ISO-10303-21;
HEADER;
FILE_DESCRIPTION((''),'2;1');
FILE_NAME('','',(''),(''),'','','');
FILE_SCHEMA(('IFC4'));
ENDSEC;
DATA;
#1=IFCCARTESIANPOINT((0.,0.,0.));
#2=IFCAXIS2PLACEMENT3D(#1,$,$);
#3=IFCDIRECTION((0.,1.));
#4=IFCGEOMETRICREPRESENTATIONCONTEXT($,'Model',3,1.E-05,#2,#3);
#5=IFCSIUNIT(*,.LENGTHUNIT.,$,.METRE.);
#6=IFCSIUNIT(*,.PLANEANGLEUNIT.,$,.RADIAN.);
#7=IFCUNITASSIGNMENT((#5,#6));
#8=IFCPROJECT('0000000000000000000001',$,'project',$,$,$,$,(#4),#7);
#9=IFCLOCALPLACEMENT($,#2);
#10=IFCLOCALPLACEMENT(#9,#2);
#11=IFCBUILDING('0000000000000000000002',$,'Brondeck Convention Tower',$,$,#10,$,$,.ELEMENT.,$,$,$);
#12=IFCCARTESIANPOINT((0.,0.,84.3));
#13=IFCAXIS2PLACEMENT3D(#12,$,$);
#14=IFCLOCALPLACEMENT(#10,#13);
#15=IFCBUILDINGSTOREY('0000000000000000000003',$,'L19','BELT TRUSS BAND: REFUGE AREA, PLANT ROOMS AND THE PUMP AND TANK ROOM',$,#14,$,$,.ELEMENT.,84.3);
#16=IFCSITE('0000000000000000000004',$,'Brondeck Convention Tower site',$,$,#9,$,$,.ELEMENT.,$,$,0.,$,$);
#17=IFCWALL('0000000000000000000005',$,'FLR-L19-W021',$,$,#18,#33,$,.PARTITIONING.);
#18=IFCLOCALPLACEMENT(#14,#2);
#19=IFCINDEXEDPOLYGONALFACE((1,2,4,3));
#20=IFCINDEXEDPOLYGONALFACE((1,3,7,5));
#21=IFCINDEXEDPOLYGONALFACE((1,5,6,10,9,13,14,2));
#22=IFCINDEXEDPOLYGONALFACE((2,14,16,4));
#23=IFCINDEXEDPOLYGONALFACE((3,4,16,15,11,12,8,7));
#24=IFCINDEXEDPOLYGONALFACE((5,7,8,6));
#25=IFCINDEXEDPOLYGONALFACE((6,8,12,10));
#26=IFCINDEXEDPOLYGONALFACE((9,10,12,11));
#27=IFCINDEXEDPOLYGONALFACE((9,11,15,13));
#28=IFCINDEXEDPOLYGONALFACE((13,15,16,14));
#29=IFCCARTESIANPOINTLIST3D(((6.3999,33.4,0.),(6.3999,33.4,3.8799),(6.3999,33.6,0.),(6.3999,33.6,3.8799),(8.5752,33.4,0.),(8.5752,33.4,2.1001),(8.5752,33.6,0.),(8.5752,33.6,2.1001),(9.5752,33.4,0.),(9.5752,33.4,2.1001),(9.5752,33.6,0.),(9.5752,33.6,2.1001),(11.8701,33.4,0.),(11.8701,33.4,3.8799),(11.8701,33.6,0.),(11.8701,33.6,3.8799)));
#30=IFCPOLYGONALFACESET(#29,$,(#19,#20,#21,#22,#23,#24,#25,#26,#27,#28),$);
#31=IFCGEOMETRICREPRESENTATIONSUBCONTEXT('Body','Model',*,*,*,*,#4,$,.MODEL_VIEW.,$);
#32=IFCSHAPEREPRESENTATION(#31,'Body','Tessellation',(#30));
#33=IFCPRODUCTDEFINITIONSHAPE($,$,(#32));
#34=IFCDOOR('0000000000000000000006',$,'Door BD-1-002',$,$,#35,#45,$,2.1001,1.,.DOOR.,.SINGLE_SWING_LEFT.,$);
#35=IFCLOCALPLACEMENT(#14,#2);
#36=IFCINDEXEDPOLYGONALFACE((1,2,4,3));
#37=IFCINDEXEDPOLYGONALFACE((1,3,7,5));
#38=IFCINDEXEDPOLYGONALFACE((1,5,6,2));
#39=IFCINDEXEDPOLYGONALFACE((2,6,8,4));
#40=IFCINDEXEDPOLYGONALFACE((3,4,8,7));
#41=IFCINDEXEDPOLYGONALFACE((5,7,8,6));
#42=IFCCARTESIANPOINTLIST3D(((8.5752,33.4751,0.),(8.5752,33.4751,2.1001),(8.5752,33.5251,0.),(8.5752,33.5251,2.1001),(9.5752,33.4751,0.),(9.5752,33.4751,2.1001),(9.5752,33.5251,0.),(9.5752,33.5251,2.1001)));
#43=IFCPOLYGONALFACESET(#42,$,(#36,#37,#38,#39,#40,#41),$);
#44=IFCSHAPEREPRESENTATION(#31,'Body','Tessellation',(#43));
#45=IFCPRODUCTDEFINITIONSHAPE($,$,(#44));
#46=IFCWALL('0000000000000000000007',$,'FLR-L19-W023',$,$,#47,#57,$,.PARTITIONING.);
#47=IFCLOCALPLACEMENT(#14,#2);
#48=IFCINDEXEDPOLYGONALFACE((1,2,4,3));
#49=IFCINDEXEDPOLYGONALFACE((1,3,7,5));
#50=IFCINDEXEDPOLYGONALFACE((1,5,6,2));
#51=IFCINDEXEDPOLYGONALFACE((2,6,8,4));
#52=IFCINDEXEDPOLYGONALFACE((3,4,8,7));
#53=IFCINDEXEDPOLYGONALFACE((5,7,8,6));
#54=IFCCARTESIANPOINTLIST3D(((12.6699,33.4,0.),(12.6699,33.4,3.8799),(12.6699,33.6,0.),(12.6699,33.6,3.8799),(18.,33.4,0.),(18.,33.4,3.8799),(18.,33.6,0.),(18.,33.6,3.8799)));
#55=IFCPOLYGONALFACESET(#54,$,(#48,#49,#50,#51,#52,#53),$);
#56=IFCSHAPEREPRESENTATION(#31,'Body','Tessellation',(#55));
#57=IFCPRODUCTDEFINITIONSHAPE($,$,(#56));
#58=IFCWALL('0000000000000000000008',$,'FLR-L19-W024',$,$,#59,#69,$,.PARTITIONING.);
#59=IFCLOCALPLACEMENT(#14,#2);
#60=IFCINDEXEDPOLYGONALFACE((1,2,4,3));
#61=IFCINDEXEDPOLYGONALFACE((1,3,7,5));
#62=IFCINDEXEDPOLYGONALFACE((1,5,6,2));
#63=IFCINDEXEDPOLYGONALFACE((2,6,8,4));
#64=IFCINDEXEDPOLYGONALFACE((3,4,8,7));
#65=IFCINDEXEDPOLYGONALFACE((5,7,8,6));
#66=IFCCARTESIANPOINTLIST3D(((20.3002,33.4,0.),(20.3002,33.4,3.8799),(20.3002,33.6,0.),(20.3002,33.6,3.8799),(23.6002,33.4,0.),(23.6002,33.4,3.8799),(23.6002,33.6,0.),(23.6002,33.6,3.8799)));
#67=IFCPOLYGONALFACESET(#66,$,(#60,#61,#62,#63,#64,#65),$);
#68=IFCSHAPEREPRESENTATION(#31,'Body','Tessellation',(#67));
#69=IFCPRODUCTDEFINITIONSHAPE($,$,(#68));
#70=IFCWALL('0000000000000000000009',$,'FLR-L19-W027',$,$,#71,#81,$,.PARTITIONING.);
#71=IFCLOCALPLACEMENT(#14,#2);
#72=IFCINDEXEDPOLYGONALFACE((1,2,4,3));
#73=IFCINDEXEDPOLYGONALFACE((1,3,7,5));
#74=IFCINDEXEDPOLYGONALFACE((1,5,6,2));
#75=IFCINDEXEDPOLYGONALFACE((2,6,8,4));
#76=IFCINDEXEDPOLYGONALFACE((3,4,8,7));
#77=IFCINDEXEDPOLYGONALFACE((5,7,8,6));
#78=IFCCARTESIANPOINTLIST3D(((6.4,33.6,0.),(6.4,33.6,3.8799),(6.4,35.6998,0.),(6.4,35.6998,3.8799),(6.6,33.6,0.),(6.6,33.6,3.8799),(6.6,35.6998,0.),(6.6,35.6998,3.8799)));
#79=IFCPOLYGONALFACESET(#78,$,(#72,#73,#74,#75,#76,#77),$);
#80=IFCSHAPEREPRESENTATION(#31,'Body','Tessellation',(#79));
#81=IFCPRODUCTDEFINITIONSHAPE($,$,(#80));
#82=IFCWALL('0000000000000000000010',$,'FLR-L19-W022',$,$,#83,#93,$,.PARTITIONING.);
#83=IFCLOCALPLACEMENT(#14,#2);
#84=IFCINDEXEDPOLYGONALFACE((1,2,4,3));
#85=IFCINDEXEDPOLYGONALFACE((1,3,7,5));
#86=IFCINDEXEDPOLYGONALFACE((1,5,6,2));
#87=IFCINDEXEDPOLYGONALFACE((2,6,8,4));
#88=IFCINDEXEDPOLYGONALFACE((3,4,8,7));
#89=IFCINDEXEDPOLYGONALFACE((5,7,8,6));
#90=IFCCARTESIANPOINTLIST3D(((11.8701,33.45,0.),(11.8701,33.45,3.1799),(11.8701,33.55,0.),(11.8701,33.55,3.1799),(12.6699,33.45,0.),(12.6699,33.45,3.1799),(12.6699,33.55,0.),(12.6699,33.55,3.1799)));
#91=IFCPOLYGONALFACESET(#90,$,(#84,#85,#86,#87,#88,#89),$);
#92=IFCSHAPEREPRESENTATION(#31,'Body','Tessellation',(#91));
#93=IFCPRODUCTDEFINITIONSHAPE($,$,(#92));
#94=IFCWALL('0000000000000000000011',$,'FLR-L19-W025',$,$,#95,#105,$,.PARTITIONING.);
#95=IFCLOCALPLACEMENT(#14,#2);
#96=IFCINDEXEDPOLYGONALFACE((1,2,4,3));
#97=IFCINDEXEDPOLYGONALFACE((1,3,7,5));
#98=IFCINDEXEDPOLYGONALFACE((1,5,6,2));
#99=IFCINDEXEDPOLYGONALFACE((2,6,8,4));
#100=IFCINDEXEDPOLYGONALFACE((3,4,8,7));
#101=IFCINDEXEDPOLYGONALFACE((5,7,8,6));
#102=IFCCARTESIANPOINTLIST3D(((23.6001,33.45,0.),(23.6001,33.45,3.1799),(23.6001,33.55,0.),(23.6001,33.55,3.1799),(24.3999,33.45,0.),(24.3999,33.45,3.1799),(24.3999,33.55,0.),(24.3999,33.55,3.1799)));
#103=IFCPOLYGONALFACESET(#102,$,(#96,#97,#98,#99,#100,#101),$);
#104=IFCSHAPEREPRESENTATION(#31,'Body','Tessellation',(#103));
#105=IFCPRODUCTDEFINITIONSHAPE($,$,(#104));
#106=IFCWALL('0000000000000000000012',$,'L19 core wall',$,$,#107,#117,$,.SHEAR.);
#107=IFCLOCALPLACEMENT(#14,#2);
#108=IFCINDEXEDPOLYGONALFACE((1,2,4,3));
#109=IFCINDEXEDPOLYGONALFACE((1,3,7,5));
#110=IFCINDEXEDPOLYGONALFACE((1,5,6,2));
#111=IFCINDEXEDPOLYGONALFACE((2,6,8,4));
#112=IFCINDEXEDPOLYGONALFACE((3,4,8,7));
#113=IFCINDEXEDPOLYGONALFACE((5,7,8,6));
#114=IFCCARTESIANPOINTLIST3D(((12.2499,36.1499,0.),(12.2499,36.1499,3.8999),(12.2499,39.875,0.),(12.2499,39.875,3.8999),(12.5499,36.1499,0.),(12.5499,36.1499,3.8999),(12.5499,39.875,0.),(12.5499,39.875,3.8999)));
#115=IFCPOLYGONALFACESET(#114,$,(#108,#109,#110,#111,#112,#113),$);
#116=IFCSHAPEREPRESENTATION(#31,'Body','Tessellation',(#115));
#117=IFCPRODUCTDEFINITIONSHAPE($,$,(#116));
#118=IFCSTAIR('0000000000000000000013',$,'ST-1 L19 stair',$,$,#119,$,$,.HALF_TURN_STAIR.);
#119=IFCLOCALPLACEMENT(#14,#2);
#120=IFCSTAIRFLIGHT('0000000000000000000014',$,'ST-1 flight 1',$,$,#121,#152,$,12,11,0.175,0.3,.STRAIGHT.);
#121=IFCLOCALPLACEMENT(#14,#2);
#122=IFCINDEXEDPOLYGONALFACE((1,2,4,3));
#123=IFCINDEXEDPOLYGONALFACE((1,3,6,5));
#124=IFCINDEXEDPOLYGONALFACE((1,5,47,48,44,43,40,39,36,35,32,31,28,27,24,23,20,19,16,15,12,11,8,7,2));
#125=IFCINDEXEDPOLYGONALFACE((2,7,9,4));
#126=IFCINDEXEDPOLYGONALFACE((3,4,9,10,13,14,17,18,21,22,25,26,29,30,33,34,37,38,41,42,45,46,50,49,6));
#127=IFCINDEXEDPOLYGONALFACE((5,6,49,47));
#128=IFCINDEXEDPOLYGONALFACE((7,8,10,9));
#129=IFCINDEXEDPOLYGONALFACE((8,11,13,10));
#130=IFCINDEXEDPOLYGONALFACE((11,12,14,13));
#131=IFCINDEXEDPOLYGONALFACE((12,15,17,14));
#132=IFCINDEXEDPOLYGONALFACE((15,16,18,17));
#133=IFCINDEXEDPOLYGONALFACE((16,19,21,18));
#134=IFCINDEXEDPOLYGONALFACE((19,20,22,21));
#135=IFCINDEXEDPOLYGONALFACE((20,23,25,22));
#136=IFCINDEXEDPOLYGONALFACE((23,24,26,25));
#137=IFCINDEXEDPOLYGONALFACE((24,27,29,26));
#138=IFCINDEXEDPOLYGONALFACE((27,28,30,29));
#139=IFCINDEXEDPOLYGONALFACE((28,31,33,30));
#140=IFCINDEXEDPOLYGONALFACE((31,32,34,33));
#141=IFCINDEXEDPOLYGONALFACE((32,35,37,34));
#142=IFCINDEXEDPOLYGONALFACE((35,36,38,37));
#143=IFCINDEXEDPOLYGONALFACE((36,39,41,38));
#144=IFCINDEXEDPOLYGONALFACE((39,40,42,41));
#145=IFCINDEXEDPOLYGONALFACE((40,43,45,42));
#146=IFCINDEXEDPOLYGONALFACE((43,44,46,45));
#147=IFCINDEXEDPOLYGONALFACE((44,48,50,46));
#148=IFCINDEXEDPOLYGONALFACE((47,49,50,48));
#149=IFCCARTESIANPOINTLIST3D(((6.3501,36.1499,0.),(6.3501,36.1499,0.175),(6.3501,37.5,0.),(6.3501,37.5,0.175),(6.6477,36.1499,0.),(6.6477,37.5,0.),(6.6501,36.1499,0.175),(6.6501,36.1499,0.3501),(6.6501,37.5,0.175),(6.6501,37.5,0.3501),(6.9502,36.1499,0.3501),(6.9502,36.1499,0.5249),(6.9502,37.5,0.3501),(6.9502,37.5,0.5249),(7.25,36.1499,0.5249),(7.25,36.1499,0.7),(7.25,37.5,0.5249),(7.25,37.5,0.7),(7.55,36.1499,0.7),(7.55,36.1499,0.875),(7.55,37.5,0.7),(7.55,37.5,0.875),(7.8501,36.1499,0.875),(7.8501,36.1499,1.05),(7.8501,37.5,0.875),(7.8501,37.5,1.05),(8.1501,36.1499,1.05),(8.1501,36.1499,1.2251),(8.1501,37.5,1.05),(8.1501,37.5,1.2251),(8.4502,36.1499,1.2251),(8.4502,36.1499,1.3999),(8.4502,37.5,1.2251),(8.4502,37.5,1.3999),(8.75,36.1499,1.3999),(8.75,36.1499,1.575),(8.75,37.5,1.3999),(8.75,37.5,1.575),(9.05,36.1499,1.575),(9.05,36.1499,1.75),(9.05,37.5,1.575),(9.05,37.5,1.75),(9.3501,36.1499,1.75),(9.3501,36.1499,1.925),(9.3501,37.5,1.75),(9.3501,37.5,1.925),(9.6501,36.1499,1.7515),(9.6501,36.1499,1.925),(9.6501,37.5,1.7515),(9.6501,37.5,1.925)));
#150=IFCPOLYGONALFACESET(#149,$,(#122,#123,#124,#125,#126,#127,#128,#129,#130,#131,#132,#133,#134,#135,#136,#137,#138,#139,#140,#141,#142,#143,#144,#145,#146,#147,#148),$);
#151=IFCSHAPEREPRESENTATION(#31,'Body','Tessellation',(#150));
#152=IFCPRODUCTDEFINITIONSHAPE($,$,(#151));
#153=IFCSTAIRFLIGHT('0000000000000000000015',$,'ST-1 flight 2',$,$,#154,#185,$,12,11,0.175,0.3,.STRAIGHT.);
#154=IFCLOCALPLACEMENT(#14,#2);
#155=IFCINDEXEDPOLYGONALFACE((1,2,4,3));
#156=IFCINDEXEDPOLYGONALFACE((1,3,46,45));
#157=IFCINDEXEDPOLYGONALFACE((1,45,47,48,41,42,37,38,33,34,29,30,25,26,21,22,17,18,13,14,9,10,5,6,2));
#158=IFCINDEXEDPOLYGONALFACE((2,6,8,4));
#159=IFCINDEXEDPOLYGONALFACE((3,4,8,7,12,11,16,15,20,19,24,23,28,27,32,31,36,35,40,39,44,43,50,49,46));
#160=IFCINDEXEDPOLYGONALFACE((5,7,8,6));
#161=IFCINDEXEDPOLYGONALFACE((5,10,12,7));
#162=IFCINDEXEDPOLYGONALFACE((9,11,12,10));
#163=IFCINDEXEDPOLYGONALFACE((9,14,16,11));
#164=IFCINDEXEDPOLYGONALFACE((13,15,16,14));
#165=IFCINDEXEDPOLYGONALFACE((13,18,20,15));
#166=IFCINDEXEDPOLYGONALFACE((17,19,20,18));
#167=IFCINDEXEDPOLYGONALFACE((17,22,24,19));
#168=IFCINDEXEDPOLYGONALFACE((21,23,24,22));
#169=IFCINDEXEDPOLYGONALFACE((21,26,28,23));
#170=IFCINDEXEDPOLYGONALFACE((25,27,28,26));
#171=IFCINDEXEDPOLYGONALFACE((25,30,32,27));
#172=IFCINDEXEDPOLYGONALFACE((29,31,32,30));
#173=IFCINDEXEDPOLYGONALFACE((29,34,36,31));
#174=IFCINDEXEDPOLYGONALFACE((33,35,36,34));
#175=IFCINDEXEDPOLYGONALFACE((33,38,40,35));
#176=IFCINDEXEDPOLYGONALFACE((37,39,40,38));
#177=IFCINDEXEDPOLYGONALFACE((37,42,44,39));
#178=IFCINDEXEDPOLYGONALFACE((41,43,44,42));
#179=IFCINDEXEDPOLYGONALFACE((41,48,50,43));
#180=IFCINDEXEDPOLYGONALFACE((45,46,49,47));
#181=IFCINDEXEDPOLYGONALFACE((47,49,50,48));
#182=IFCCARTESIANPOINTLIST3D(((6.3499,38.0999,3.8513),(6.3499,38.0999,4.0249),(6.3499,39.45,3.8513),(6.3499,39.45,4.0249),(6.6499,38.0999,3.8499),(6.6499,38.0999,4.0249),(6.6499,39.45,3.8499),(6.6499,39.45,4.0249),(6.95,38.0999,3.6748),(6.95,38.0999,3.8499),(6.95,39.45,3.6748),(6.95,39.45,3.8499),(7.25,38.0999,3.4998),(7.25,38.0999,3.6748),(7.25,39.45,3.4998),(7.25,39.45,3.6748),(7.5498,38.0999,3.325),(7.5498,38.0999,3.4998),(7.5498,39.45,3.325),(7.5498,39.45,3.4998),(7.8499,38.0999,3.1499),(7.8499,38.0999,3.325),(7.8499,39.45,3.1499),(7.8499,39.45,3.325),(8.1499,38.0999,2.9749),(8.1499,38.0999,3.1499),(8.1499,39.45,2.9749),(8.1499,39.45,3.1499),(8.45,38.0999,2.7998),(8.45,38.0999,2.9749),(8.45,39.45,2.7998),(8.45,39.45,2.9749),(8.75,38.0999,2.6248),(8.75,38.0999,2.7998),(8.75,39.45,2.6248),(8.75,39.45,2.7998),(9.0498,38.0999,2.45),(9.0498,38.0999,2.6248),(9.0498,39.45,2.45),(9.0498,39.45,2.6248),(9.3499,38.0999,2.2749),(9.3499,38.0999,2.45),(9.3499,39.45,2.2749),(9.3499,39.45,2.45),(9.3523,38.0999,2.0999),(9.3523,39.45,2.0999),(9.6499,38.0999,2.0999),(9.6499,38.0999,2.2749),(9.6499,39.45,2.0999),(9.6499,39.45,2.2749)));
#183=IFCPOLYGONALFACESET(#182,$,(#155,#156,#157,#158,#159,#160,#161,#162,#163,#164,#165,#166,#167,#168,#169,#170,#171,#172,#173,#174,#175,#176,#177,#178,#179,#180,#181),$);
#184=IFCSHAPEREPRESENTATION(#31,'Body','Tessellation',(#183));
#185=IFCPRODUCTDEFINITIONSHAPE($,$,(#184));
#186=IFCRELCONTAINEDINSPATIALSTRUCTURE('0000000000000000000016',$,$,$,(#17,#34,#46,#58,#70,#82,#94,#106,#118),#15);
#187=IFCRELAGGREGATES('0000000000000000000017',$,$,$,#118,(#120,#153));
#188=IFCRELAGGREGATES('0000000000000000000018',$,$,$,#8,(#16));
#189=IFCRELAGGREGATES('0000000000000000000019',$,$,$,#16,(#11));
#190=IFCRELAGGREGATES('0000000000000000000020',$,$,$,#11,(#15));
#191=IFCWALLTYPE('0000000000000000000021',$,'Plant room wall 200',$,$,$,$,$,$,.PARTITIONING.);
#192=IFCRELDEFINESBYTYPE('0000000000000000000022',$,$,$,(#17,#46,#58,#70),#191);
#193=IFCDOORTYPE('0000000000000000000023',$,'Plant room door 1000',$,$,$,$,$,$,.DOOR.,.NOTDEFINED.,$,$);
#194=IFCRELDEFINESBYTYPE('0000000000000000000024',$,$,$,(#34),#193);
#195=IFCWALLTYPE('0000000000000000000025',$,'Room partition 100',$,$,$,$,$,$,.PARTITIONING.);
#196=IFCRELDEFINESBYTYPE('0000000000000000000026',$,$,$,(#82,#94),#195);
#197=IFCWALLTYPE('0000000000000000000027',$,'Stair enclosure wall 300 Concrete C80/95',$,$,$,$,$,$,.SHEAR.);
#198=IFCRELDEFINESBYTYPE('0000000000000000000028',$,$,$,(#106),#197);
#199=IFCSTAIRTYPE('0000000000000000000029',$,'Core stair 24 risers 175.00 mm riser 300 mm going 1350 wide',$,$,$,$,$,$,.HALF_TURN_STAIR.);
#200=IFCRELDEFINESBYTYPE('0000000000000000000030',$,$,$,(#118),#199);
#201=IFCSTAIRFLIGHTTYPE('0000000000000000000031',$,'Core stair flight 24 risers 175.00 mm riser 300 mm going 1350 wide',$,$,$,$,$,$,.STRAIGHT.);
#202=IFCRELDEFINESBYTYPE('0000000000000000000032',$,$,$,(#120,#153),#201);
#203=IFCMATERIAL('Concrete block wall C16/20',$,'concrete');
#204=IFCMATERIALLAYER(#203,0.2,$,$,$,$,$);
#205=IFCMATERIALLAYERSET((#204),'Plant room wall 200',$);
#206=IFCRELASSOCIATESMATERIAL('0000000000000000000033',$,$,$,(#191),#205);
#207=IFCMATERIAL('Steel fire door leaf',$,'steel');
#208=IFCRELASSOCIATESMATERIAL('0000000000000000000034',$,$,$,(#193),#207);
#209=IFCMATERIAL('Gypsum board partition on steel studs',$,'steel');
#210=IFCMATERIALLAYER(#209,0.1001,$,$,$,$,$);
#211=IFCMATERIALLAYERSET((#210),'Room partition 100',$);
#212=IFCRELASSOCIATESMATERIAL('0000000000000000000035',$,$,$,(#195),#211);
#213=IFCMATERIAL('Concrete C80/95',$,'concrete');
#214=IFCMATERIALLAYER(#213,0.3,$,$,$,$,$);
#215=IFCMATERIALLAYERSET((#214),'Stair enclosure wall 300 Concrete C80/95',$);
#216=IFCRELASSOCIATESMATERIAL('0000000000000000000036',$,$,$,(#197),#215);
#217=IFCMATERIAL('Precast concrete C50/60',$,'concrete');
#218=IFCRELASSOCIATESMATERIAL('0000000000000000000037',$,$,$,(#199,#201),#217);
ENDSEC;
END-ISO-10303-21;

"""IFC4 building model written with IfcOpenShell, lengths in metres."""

from ifc_helpers import new_model, si_unit, direction, frame, frame_2d, origin, place, context, subcontext, project, spatial, polyline, rectangle, outline, extrude, material, layer, layer_set, type_object, element, fill, aggregate, save


model = new_model("IFC4")

# Units and contexts
model_context = context("Model", 3, precision=1e-05, world=origin(), true_north=direction((0.0, 1.0)))
body_context = subcontext(model_context, "Body", "Model", "MODEL_VIEW")
ifc_project = project(units=[si_unit("LENGTHUNIT", "METRE"), si_unit("PLANEANGLEUNIT", "RADIAN")], contexts=[model_context])

# Site, building, storey
site_placement = place(None, origin())
site = spatial("IfcSite", under=ifc_project, at=site_placement, Name="Brondeck Convention Tower site", CompositionType="ELEMENT", RefElevation=0.0)
building_placement = place(site_placement, origin())
building = spatial("IfcBuilding", under=site, at=building_placement, Name="Brondeck Convention Tower", CompositionType="ELEMENT")
storey_placement = place(building_placement, frame((0.0, 0.0, 84.3)))
storey = spatial("IfcBuildingStorey", under=building, at=storey_placement, Name="L19", Description="BELT TRUSS BAND: REFUGE AREA, PLANT ROOMS AND THE PUMP AND TANK ROOM", CompositionType="ELEMENT", Elevation=84.3)

# Shared definitions
ifc_material_1 = material(Name="Concrete C80/95", Category="concrete")

# Shared definitions
ifc_material_2 = material(Name="Concrete block wall C16/20", Category="concrete")
ifc_layer_1 = layer(ifc_material_2, 0.2)
ifc_layer_set_1 = layer_set([ifc_layer_1], Name="Plant room wall 200")
wall_type_1 = type_object("IfcWallType", Name="Plant room wall 200", PredefinedType="PARTITIONING", material=ifc_layer_set_1)

# Shared definitions
ifc_material_3 = material(Name="Steel fire door leaf", Category="steel")
door_type_1 = type_object("IfcDoorType", Name="Plant room door 1000", OperationType="NOTDEFINED", PredefinedType="DOOR", material=ifc_material_3)

# Wall, opening, door
wall_1_placement = place(storey_placement, frame((11.8701, 33.5, 0.0), z_axis=(0.0, 0.0, 1.0), x_axis=(-1.0, 0.0, 0.0)))
wall_1 = element("IfcWall", 1, at=wall_1_placement, inside=storey, type_object=wall_type_1, Name="FLR-L19-W021", PredefinedType="PARTITIONING", context=body_context, shape_type="SweptSolid", body=[
    extrude(rectangle(XDim=5.4702, YDim=0.2, at=frame_2d((2.7351, 0.0))), origin(), (0.0, 0.0, 1.0), 3.8799),
])
opening_1_placement = place(wall_1_placement, frame((2.2949, 0.0, 0.0)))
opening_1 = element("IfcOpeningElement", 2, at=opening_1_placement, cuts=wall_1, PredefinedType="OPENING", context=body_context, shape_type="SweptSolid", body=[
    extrude(rectangle(XDim=1.0, YDim=2.1001, at=frame_2d((0.5, 1.05))), frame((0.0, 0.1099, 0.0), z_axis=(0.0, -1.0, 0.0), x_axis=(1.0, 0.0, 0.0)), (0.0, 0.0, 1.0), 0.22),
])
door_1_placement = place(opening_1_placement, origin())
door_1 = element("IfcDoor", 3, at=door_1_placement, inside=storey, type_object=door_type_1, Name="Door BD-1-002", OperationType="SINGLE_SWING_LEFT", OverallHeight=2.1001, OverallWidth=1.0, PredefinedType="DOOR", context=body_context, shape_type="SweptSolid", body=[
    extrude(rectangle(XDim=1.0, YDim=2.1001, at=frame_2d((0.5, 1.05))), frame((0.0, 0.0249, 0.0), z_axis=(0.0, -1.0, 0.0), x_axis=(1.0, 0.0, 0.0)), (0.0, 0.0, 1.0), 0.05),
])
fill(opening_1, door_1)

# Walls
wall_2_placement = place(storey_placement, frame((18.0, 33.5, 0.0), z_axis=(0.0, 0.0, 1.0), x_axis=(-1.0, 0.0, 0.0)))
element("IfcWall", 4, at=wall_2_placement, inside=storey, type_object=wall_type_1, Name="FLR-L19-W023", PredefinedType="PARTITIONING", context=body_context, shape_type="SweptSolid", body=[
    extrude(rectangle(XDim=5.3301, YDim=0.2, at=frame_2d((2.665, 0.0))), origin(), (0.0, 0.0, 1.0), 3.8799),
])
wall_3_placement = place(storey_placement, frame((23.6001, 33.5, 0.0), z_axis=(0.0, 0.0, 1.0), x_axis=(-1.0, 0.0, 0.0)))
element("IfcWall", 5, at=wall_3_placement, inside=storey, type_object=wall_type_1, Name="FLR-L19-W024", PredefinedType="PARTITIONING", context=body_context, shape_type="SweptSolid", body=[
    extrude(rectangle(XDim=3.3, YDim=0.2, at=frame_2d((1.6499, 0.0))), origin(), (0.0, 0.0, 1.0), 3.8799),
])
wall_4_placement = place(storey_placement, frame((6.5, 33.6001, 0.0), z_axis=(0.0, 0.0, 1.0), x_axis=(0.0, 1.0, 0.0)))
element("IfcWall", 6, at=wall_4_placement, inside=storey, type_object=wall_type_1, Name="FLR-L19-W027", PredefinedType="PARTITIONING", context=body_context, shape_type="SweptSolid", body=[
    extrude(rectangle(XDim=2.0999, YDim=0.2, at=frame_2d((1.0498, 0.0))), origin(), (0.0, 0.0, 1.0), 3.8799),
])
ifc_material_4 = material(Name="Gypsum board partition on steel studs", Category="steel")
ifc_layer_2 = layer(ifc_material_4, 0.1001)
ifc_layer_set_2 = layer_set([ifc_layer_2], Name="Room partition 100")
wall_type_2 = type_object("IfcWallType", Name="Room partition 100", PredefinedType="PARTITIONING", material=ifc_layer_set_2)
for number, where, z_axis, x_axis, name in (
    (7, (12.6699, 33.5, 0.0), (0.0, 0.0, 1.0), (-1.0, 0.0, 0.0), "FLR-L19-W022"),
    (8, (24.3999, 33.5, 0.0), (0.0, 0.0, 1.0), (-1.0, 0.0, 0.0), "FLR-L19-W025"),
):
    element("IfcWall", number, at=place(storey_placement, frame(where, z_axis=z_axis, x_axis=x_axis)), inside=storey, type_object=wall_type_2, Name=name, PredefinedType="PARTITIONING", context=body_context, shape_type="SweptSolid", body=[
        extrude(rectangle(XDim=0.7998, YDim=0.1001, at=frame_2d((0.3999, 0.0))), origin(), (0.0, 0.0, 1.0), 3.1799),
    ])
ifc_layer_3 = layer(ifc_material_1, 0.3)
ifc_layer_set_3 = layer_set([ifc_layer_3], Name="Stair enclosure wall 300 Concrete C80/95")
wall_type_3 = type_object("IfcWallType", Name="Stair enclosure wall 300 Concrete C80/95", PredefinedType="SHEAR", material=ifc_layer_set_3)
wall_5_placement = place(storey_placement, frame((12.3999, 36.1499, 0.0), z_axis=(0.0, 0.0, 1.0), x_axis=(0.0, 1.0, 0.0)))
element("IfcWall", 9, at=wall_5_placement, inside=storey, type_object=wall_type_3, Name="L19 core wall", PredefinedType="SHEAR", context=body_context, shape_type="SweptSolid", body=[
    extrude(rectangle(XDim=3.7251, YDim=0.3, at=frame_2d((1.8625, 0.0))), origin(), (0.0, 0.0, 1.0), 3.8999),
])

# Stair, stair flights
ifc_material_5 = material(Name="Precast concrete C50/60", Category="concrete")
stair_type = type_object("IfcStairType", Name="Core stair 24 risers 175.00 mm riser 300 mm going 1350 wide", PredefinedType="HALF_TURN_STAIR", material=ifc_material_5)
stair_placement = place(storey_placement, origin())
stair = element("IfcStair", 10, at=stair_placement, inside=storey, type_object=stair_type, Name="ST-1 L19 stair", PredefinedType="HALF_TURN_STAIR")
stair_flight_type = type_object("IfcStairFlightType", Name="Core stair flight 24 risers 175.00 mm riser 300 mm going 1350 wide", PredefinedType="STRAIGHT", material=ifc_material_5)
stair_flight_1_placement = place(storey_placement, frame((6.3501, 36.825, 0.0), z_axis=(0.0, 0.0, 1.0), x_axis=(1.0, 0.0, 0.0)))
stair_flight_1 = element("IfcStairFlight", 11, at=stair_flight_1_placement, type_object=stair_flight_type, Name="ST-1 flight 1", NumberOfRisers=12, NumberOfTreads=11, PredefinedType="STRAIGHT", RiserHeight=0.175, TreadLength=0.3, context=body_context, shape_type="SweptSolid", body=[
    extrude(outline(polyline([(0.0, 0.0), (0.0, 0.175), (0.3, 0.175), (0.3, 0.3501), (0.6001, 0.3501), (0.6001, 0.5249), (0.8999, 0.5249), (0.8999, 0.7), (1.2, 0.7), (1.2, 0.875), (1.5, 0.875), (1.5, 1.05), (1.8, 1.05), (1.8, 1.2251), (2.1001, 1.2251), (2.1001, 1.3999), (2.3999, 1.3999), (2.3999, 1.575), (2.7, 1.575), (2.7, 1.75), (3.0, 1.75), (3.0, 1.925), (3.3, 1.925), (3.3, 2.1001), (3.3, 1.7515), (0.2976, 0.0), (0.0, 0.0)])), frame((0.0, 0.675, 0.0), z_axis=(0.0, -1.0, 0.0), x_axis=(1.0, 0.0, 0.0)), (0.0, 0.0, 1.0), 1.3501),
])
stair_flight_2_placement = place(storey_placement, frame((9.6499, 38.7749, 2.0999), z_axis=(0.0, 0.0, 1.0), x_axis=(-1.0, 0.0, 0.0)))
stair_flight_2 = element("IfcStairFlight", 12, at=stair_flight_2_placement, type_object=stair_flight_type, Name="ST-1 flight 2", NumberOfRisers=12, NumberOfTreads=11, PredefinedType="STRAIGHT", RiserHeight=0.175, TreadLength=0.3, context=body_context, shape_type="SweptSolid", body=[
    extrude(outline(polyline([(0.0, 0.0), (0.0, 0.175), (0.3, 0.175), (0.3, 0.3501), (0.6001, 0.3501), (0.6001, 0.5249), (0.8999, 0.5249), (0.8999, 0.7), (1.2, 0.7), (1.2, 0.875), (1.5, 0.875), (1.5, 1.05), (1.8, 1.05), (1.8, 1.2251), (2.1001, 1.2251), (2.1001, 1.3999), (2.3999, 1.3999), (2.3999, 1.575), (2.7, 1.575), (2.7, 1.75), (3.0, 1.75), (3.0, 1.925), (3.3, 1.925), (3.3, 2.1001), (3.3, 1.7515), (0.2976, 0.0), (0.0, 0.0)])), frame((0.0, 0.675, 0.0), z_axis=(0.0, -1.0, 0.0), x_axis=(1.0, 0.0, 0.0)), (0.0, 0.0, 1.0), 1.3501),
])
aggregate(stair, [stair_flight_1, stair_flight_2])

save(model, "model.ifc")
